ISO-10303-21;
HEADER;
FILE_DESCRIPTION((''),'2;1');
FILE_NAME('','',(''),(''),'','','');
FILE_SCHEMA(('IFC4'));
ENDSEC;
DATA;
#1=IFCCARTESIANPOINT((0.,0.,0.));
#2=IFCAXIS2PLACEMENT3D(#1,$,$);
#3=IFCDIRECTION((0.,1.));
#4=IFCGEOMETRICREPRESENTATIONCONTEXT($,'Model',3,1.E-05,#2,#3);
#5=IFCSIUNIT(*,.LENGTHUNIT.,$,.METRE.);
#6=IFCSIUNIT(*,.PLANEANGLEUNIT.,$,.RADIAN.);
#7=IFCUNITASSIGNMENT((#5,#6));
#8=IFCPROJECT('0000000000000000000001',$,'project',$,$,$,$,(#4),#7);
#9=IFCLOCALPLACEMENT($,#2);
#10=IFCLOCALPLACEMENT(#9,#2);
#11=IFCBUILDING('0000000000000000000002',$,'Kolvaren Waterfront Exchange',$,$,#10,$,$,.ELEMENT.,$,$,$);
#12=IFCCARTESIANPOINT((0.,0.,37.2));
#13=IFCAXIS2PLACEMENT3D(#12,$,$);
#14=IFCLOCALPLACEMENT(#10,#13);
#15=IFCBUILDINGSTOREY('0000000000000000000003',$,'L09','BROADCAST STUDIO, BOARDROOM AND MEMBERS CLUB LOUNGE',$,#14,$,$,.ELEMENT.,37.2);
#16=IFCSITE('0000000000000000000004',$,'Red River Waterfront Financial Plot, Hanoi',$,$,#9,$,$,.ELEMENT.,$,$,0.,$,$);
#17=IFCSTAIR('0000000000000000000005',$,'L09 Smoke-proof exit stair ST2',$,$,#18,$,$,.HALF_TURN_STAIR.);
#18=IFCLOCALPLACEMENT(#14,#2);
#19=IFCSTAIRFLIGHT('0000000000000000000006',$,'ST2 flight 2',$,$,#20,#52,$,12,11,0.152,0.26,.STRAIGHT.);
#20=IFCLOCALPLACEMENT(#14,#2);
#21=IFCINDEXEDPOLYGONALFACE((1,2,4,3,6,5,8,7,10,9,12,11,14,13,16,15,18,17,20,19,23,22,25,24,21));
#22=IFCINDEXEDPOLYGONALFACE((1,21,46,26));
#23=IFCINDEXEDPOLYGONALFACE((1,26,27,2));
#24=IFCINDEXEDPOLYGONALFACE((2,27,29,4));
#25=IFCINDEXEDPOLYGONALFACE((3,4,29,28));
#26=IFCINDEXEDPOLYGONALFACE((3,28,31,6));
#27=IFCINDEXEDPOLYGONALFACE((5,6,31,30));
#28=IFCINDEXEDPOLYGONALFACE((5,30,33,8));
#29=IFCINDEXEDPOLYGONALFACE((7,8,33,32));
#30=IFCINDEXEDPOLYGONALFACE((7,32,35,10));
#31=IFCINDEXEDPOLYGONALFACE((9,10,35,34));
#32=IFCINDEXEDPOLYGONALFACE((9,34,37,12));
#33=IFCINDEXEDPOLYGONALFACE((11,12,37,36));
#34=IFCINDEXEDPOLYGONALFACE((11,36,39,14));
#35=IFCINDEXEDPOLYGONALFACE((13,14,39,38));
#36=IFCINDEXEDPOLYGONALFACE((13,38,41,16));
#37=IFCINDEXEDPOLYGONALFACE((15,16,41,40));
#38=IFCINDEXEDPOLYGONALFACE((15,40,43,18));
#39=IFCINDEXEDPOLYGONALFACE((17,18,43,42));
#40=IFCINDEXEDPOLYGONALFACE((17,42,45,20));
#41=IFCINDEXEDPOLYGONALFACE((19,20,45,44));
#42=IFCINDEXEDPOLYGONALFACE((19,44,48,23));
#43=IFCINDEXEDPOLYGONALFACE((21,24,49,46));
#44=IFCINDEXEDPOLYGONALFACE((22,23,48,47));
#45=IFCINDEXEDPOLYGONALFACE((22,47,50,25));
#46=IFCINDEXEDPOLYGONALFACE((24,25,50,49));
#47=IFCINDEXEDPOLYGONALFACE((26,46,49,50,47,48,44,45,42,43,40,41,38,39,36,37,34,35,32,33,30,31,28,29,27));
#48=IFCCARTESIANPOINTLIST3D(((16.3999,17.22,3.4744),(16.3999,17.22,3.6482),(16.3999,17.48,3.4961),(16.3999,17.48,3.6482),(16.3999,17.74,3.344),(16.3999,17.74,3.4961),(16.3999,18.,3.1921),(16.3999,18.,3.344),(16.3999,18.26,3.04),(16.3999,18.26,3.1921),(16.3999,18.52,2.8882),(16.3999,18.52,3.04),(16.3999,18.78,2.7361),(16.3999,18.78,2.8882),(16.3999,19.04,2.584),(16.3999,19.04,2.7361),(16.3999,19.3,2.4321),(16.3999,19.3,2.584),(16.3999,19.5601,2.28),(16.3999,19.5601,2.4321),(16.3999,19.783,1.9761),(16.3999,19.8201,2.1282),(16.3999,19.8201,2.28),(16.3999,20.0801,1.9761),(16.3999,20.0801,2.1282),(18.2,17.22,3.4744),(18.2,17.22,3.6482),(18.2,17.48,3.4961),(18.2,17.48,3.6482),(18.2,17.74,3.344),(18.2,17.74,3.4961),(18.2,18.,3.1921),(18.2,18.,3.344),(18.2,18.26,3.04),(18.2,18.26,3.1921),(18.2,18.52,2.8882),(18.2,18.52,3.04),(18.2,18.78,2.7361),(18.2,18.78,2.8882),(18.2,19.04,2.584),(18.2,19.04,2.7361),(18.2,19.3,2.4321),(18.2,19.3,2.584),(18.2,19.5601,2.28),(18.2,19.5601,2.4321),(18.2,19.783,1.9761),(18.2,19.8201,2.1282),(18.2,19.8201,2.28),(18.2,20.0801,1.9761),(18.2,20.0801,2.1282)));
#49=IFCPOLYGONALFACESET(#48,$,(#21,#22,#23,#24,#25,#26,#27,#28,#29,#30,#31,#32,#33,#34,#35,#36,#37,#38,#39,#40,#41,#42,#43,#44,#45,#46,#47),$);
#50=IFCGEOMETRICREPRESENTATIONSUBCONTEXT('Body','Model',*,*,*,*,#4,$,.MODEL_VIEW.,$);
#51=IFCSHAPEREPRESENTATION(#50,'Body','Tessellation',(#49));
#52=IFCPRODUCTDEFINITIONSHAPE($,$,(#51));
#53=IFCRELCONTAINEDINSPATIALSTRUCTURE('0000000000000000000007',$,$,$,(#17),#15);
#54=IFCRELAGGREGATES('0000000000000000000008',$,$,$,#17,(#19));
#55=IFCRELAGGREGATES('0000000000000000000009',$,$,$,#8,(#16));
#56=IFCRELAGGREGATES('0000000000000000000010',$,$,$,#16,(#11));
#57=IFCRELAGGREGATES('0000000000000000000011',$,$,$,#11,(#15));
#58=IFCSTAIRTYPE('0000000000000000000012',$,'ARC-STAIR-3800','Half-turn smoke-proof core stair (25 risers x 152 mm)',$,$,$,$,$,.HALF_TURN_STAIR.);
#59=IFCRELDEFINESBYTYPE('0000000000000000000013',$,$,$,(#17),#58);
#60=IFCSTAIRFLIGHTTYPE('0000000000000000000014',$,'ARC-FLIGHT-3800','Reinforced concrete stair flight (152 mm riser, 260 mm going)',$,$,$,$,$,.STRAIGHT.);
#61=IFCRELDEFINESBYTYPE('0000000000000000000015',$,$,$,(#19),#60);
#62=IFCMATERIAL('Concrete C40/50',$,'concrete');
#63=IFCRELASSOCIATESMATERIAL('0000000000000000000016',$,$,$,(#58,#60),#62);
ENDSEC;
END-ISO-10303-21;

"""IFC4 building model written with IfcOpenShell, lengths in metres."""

from ifc_helpers import new_model, si_unit, direction, frame, origin, place, context, subcontext, project, spatial, polyline, outline, extrude, material, type_object, element, aggregate, save


model = new_model("IFC4")

# Units and contexts
model_context = context("Model", 3, precision=1e-05, world=origin(), true_north=direction((0.0, 1.0)))
body_context = subcontext(model_context, "Body", "Model", "MODEL_VIEW")
ifc_project = project(units=[si_unit("LENGTHUNIT", "METRE"), si_unit("PLANEANGLEUNIT", "RADIAN")], contexts=[model_context])

# Site, building, storey
site_placement = place(None, origin())
site = spatial("IfcSite", under=ifc_project, at=site_placement, Name="Red River Waterfront Financial Plot, Hanoi", CompositionType="ELEMENT", RefElevation=0.0)
building_placement = place(site_placement, origin())
building = spatial("IfcBuilding", under=site, at=building_placement, Name="Kolvaren Waterfront Exchange", CompositionType="ELEMENT")
storey_placement = place(building_placement, frame((0.0, 0.0, 37.2)))
storey = spatial("IfcBuildingStorey", under=building, at=storey_placement, Name="L09", Description="BROADCAST STUDIO, BOARDROOM AND MEMBERS CLUB LOUNGE", CompositionType="ELEMENT", Elevation=37.2)

# Stair, stair flight
ifc_material_1 = material(Name="Concrete C40/50", Category="concrete")
stair_type = type_object("IfcStairType", Name="ARC-STAIR-3800", Description="Half-turn smoke-proof core stair (25 risers x 152 mm)", PredefinedType="HALF_TURN_STAIR", material=ifc_material_1)
stair_placement = place(storey_placement, origin())
stair = element("IfcStair", 1, at=stair_placement, inside=storey, type_object=stair_type, Name="L09 Smoke-proof exit stair ST2", PredefinedType="HALF_TURN_STAIR")
stair_flight_type = type_object("IfcStairFlightType", Name="ARC-FLIGHT-3800", Description="Reinforced concrete stair flight (152 mm riser, 260 mm going)", PredefinedType="STRAIGHT", material=ifc_material_1)
stair_flight_placement = place(storey_placement, frame((17.3, 20.0801, 1.9761), z_axis=(0.0, 0.0, 1.0), x_axis=(0.0, -1.0, 0.0)))
stair_flight = element("IfcStairFlight", 2, at=stair_flight_placement, type_object=stair_flight_type, Name="ST2 flight 2", NumberOfRisers=12, NumberOfTreads=11, PredefinedType="STRAIGHT", RiserHeight=0.152, TreadLength=0.26, context=body_context, shape_type="SweptSolid", body=[
    extrude(outline(polyline([(0.0, 0.0), (0.0, 0.1521), (0.26, 0.1521), (0.26, 0.304), (0.52, 0.304), (0.52, 0.4561), (0.78, 0.4561), (0.78, 0.6079), (1.04, 0.6079), (1.04, 0.76), (1.3, 0.76), (1.3, 0.9121), (1.5601, 0.9121), (1.5601, 1.064), (1.8201, 1.064), (1.8201, 1.2161), (2.0801, 1.2161), (2.0801, 1.3679), (2.3401, 1.3679), (2.3401, 1.52), (2.6001, 1.52), (2.6001, 1.6721), (2.8601, 1.6721), (2.8601, 1.824), (2.8601, 1.4983), (0.2971, 0.0), (0.0, 0.0)])), frame((0.0, 0.8999, 0.0), z_axis=(0.0, -1.0, 0.0), x_axis=(1.0, 0.0, 0.0)), (0.0, 0.0, 1.0), 1.8),
])
aggregate(stair, [stair_flight])

save(model, "model.ifc")
